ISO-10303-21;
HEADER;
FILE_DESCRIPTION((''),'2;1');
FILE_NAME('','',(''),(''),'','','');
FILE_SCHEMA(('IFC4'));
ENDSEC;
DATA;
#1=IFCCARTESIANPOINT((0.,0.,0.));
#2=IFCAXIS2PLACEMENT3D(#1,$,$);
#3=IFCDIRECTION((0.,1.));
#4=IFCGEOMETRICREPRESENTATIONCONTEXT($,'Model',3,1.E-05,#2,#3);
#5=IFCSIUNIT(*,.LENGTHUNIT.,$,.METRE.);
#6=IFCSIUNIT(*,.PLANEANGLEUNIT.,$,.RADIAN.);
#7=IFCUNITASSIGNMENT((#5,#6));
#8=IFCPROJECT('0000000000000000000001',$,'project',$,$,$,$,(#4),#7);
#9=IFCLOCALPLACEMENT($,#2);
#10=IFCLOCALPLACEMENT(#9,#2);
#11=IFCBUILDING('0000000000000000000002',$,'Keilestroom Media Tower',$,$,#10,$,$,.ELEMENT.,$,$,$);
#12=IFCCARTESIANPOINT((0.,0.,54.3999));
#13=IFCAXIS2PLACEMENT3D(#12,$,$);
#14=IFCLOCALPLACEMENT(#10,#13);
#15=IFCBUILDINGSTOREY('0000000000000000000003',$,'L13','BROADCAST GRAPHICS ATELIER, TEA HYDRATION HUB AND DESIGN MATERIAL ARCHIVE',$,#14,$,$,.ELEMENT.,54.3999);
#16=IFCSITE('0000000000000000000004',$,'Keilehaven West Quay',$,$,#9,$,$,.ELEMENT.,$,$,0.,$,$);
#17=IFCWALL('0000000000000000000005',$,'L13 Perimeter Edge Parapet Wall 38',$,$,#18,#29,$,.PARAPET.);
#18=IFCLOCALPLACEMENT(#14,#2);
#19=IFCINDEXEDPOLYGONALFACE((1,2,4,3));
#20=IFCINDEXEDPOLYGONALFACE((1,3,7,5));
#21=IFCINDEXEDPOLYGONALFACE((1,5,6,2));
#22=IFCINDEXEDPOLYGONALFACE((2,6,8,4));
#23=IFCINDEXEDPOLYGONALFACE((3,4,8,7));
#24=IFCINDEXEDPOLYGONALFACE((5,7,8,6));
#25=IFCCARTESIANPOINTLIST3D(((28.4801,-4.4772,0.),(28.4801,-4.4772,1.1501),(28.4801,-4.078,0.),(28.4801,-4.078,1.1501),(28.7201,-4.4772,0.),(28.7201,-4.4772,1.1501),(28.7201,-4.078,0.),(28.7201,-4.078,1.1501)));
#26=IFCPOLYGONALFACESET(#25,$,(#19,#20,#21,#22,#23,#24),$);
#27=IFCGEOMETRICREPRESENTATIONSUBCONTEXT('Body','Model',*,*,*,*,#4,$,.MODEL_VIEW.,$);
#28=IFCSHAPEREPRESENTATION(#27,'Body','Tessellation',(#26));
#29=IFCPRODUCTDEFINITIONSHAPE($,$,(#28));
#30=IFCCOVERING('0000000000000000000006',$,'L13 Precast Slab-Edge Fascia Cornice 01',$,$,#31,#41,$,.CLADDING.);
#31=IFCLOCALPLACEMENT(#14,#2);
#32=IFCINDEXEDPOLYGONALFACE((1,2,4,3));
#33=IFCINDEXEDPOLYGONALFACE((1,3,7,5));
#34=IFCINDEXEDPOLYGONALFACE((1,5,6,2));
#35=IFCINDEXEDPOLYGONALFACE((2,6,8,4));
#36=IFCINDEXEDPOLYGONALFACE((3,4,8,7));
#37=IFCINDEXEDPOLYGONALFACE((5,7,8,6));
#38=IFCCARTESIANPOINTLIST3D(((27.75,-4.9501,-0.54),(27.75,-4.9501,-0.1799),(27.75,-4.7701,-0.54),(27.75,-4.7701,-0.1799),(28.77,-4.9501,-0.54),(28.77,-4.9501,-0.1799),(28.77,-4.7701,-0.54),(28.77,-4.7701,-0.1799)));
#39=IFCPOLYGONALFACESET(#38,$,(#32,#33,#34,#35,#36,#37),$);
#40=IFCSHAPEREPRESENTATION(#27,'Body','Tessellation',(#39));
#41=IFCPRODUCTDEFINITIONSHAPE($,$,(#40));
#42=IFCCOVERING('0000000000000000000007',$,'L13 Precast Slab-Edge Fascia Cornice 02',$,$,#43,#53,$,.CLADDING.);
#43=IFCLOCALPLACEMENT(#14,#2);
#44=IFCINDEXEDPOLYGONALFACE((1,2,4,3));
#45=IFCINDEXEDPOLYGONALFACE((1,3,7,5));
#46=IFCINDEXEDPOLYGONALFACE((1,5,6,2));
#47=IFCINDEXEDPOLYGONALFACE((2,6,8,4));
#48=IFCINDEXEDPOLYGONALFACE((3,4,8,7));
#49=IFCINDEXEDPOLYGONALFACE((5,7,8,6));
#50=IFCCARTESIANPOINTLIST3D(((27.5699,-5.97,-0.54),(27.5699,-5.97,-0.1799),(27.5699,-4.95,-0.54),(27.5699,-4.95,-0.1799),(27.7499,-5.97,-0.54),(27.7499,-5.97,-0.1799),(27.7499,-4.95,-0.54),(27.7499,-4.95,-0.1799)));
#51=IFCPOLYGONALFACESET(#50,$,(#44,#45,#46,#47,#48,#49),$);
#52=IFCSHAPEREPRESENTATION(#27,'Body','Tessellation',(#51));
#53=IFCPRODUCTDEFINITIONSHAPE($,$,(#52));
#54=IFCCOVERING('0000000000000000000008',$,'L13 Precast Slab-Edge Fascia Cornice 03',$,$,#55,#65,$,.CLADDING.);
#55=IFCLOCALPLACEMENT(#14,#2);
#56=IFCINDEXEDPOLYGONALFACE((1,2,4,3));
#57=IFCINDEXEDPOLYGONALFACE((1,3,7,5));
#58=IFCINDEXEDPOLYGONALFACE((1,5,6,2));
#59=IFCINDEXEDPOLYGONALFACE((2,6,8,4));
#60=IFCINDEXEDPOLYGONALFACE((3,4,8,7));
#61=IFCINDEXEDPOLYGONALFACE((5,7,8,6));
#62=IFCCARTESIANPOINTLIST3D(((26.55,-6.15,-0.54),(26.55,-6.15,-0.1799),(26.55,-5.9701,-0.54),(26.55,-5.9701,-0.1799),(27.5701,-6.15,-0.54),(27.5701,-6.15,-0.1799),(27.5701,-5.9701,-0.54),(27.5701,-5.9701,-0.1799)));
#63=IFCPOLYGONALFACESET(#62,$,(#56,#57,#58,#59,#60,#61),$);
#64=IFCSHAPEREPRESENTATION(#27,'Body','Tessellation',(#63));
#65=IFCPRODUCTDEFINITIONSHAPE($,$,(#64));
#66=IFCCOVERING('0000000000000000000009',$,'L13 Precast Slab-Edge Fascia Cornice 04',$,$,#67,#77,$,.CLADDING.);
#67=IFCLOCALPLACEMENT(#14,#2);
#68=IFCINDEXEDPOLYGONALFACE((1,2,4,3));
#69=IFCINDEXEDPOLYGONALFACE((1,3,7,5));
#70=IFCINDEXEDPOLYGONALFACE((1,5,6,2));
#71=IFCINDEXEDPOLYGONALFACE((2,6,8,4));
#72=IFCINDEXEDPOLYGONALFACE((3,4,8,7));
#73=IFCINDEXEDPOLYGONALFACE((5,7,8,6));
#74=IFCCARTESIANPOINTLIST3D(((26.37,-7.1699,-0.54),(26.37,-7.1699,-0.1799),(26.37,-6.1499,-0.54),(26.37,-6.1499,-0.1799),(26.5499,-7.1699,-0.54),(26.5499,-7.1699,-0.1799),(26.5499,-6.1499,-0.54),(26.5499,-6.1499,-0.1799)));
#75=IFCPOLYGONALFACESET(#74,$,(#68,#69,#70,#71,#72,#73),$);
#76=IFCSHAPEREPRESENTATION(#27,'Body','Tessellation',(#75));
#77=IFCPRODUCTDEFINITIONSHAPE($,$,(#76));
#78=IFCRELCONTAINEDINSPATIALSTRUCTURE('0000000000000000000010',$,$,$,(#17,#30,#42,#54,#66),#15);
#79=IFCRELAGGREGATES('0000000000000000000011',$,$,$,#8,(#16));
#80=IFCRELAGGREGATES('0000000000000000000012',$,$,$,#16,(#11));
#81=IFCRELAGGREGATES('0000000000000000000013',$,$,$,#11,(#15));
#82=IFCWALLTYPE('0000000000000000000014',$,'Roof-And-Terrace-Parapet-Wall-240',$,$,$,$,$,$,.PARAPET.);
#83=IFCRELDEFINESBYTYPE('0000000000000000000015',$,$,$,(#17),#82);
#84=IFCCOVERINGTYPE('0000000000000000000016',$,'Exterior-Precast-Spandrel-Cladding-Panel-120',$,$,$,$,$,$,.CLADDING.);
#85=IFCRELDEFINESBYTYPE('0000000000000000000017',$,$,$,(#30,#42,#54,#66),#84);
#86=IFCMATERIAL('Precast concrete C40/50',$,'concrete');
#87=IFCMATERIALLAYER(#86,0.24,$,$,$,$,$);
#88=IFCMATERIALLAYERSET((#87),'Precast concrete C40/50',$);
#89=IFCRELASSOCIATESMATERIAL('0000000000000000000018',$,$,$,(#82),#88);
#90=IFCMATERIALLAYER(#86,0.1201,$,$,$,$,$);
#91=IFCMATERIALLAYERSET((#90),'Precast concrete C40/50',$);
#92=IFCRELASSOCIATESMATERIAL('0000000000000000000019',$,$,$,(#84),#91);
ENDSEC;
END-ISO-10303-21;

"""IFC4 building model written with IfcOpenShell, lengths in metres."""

from ifc_helpers import new_model, si_unit, direction, frame, frame_2d, origin, origin_2d, place, context, subcontext, project, spatial, rectangle, extrude, source, transform, mapped, material, layer, layer_set, type_object, element, save


model = new_model("IFC4")

# Units and contexts
model_context = context("Model", 3, precision=1e-05, world=origin(), true_north=direction((0.0, 1.0)))
body_context = subcontext(model_context, "Body", "Model", "MODEL_VIEW")
ifc_project = project(units=[si_unit("LENGTHUNIT", "METRE"), si_unit("PLANEANGLEUNIT", "RADIAN")], contexts=[model_context])

# Site, building, storey
site_placement = place(None, origin())
site = spatial("IfcSite", under=ifc_project, at=site_placement, Name="Keilehaven West Quay", CompositionType="ELEMENT", RefElevation=0.0)
building_placement = place(site_placement, origin())
building = spatial("IfcBuilding", under=site, at=building_placement, Name="Keilestroom Media Tower", CompositionType="ELEMENT")
storey_placement = place(building_placement, frame((0.0, 0.0, 54.3999)))
storey = spatial("IfcBuildingStorey", under=building, at=storey_placement, Name="L13", Description="BROADCAST GRAPHICS ATELIER, TEA HYDRATION HUB AND DESIGN MATERIAL ARCHIVE", CompositionType="ELEMENT", Elevation=54.3999)

# Shared definitions
ifc_material_1 = material(Name="Precast concrete C40/50", Category="concrete")

# Wall
ifc_layer_1 = layer(ifc_material_1, 0.24)
ifc_layer_set_1 = layer_set([ifc_layer_1], Name="Precast concrete C40/50")
wall_type_1 = type_object("IfcWallType", Name="Roof-And-Terrace-Parapet-Wall-240", PredefinedType="PARAPET", material=ifc_layer_set_1)
wall_1_placement = place(storey_placement, frame((28.6001, -4.0779, 0.0), z_axis=(0.0, 0.0, 1.0), x_axis=(0.0, -1.0, 0.0)))
element("IfcWall", 1, at=wall_1_placement, inside=storey, type_object=wall_type_1, Name="L13 Perimeter Edge Parapet Wall 38", PredefinedType="PARAPET", context=body_context, shape_type="SweptSolid", body=[
    extrude(rectangle(XDim=0.3992, YDim=0.24, at=frame_2d((0.1997, 0.0))), origin(), (0.0, 0.0, 1.0), 1.1501),
])

# Coverings
ifc_layer_2 = layer(ifc_material_1, 0.1201)
ifc_layer_set_2 = layer_set([ifc_layer_2], Name="Precast concrete C40/50")
covering_type = type_object("IfcCoveringType", Name="Exterior-Precast-Spandrel-Cladding-Panel-120", PredefinedType="CLADDING", material=ifc_layer_set_2)
shared_shape_1 = source(origin(), body_context, "Body", "SweptSolid", [
    extrude(rectangle(XDim=1.02, YDim=0.1799, at=origin_2d()), origin(), (0.0, 0.0, 1.0), 0.3601),
])
for number, where, z_axis, x_axis, name in (
    (2, (28.26, -4.8601, -0.54), (0.0, 0.0, 1.0), (-1.0, 0.0, 0.0), "L13 Precast Slab-Edge Fascia Cornice 01"),
    (3, (27.6599, -5.46, -0.54), (0.0, 0.0, 1.0), (0.0, -1.0, 0.0), "L13 Precast Slab-Edge Fascia Cornice 02"),
    (4, (27.0601, -6.0601, -0.54), (0.0, 0.0, 1.0), (-1.0, 0.0, 0.0), "L13 Precast Slab-Edge Fascia Cornice 03"),
    (5, (26.46, -6.6599, -0.54), (0.0, 0.0, 1.0), (0.0, -1.0, 0.0), "L13 Precast Slab-Edge Fascia Cornice 04"),
):
    element("IfcCovering", number, at=place(storey_placement, frame(where, z_axis=z_axis, x_axis=x_axis)), inside=storey, type_object=covering_type, Name=name, PredefinedType="CLADDING", context=body_context, shape_type="MappedRepresentation", body=[
        mapped(shared_shape_1, transform((0.0, 0.0, 0.0), x_axis=(1.0, 0.0, 0.0), y_axis=(0.0, 1.0, 0.0), z_axis=(0.0, 0.0, 1.0), scale=1.0)),
    ])

save(model, "model.ifc")
